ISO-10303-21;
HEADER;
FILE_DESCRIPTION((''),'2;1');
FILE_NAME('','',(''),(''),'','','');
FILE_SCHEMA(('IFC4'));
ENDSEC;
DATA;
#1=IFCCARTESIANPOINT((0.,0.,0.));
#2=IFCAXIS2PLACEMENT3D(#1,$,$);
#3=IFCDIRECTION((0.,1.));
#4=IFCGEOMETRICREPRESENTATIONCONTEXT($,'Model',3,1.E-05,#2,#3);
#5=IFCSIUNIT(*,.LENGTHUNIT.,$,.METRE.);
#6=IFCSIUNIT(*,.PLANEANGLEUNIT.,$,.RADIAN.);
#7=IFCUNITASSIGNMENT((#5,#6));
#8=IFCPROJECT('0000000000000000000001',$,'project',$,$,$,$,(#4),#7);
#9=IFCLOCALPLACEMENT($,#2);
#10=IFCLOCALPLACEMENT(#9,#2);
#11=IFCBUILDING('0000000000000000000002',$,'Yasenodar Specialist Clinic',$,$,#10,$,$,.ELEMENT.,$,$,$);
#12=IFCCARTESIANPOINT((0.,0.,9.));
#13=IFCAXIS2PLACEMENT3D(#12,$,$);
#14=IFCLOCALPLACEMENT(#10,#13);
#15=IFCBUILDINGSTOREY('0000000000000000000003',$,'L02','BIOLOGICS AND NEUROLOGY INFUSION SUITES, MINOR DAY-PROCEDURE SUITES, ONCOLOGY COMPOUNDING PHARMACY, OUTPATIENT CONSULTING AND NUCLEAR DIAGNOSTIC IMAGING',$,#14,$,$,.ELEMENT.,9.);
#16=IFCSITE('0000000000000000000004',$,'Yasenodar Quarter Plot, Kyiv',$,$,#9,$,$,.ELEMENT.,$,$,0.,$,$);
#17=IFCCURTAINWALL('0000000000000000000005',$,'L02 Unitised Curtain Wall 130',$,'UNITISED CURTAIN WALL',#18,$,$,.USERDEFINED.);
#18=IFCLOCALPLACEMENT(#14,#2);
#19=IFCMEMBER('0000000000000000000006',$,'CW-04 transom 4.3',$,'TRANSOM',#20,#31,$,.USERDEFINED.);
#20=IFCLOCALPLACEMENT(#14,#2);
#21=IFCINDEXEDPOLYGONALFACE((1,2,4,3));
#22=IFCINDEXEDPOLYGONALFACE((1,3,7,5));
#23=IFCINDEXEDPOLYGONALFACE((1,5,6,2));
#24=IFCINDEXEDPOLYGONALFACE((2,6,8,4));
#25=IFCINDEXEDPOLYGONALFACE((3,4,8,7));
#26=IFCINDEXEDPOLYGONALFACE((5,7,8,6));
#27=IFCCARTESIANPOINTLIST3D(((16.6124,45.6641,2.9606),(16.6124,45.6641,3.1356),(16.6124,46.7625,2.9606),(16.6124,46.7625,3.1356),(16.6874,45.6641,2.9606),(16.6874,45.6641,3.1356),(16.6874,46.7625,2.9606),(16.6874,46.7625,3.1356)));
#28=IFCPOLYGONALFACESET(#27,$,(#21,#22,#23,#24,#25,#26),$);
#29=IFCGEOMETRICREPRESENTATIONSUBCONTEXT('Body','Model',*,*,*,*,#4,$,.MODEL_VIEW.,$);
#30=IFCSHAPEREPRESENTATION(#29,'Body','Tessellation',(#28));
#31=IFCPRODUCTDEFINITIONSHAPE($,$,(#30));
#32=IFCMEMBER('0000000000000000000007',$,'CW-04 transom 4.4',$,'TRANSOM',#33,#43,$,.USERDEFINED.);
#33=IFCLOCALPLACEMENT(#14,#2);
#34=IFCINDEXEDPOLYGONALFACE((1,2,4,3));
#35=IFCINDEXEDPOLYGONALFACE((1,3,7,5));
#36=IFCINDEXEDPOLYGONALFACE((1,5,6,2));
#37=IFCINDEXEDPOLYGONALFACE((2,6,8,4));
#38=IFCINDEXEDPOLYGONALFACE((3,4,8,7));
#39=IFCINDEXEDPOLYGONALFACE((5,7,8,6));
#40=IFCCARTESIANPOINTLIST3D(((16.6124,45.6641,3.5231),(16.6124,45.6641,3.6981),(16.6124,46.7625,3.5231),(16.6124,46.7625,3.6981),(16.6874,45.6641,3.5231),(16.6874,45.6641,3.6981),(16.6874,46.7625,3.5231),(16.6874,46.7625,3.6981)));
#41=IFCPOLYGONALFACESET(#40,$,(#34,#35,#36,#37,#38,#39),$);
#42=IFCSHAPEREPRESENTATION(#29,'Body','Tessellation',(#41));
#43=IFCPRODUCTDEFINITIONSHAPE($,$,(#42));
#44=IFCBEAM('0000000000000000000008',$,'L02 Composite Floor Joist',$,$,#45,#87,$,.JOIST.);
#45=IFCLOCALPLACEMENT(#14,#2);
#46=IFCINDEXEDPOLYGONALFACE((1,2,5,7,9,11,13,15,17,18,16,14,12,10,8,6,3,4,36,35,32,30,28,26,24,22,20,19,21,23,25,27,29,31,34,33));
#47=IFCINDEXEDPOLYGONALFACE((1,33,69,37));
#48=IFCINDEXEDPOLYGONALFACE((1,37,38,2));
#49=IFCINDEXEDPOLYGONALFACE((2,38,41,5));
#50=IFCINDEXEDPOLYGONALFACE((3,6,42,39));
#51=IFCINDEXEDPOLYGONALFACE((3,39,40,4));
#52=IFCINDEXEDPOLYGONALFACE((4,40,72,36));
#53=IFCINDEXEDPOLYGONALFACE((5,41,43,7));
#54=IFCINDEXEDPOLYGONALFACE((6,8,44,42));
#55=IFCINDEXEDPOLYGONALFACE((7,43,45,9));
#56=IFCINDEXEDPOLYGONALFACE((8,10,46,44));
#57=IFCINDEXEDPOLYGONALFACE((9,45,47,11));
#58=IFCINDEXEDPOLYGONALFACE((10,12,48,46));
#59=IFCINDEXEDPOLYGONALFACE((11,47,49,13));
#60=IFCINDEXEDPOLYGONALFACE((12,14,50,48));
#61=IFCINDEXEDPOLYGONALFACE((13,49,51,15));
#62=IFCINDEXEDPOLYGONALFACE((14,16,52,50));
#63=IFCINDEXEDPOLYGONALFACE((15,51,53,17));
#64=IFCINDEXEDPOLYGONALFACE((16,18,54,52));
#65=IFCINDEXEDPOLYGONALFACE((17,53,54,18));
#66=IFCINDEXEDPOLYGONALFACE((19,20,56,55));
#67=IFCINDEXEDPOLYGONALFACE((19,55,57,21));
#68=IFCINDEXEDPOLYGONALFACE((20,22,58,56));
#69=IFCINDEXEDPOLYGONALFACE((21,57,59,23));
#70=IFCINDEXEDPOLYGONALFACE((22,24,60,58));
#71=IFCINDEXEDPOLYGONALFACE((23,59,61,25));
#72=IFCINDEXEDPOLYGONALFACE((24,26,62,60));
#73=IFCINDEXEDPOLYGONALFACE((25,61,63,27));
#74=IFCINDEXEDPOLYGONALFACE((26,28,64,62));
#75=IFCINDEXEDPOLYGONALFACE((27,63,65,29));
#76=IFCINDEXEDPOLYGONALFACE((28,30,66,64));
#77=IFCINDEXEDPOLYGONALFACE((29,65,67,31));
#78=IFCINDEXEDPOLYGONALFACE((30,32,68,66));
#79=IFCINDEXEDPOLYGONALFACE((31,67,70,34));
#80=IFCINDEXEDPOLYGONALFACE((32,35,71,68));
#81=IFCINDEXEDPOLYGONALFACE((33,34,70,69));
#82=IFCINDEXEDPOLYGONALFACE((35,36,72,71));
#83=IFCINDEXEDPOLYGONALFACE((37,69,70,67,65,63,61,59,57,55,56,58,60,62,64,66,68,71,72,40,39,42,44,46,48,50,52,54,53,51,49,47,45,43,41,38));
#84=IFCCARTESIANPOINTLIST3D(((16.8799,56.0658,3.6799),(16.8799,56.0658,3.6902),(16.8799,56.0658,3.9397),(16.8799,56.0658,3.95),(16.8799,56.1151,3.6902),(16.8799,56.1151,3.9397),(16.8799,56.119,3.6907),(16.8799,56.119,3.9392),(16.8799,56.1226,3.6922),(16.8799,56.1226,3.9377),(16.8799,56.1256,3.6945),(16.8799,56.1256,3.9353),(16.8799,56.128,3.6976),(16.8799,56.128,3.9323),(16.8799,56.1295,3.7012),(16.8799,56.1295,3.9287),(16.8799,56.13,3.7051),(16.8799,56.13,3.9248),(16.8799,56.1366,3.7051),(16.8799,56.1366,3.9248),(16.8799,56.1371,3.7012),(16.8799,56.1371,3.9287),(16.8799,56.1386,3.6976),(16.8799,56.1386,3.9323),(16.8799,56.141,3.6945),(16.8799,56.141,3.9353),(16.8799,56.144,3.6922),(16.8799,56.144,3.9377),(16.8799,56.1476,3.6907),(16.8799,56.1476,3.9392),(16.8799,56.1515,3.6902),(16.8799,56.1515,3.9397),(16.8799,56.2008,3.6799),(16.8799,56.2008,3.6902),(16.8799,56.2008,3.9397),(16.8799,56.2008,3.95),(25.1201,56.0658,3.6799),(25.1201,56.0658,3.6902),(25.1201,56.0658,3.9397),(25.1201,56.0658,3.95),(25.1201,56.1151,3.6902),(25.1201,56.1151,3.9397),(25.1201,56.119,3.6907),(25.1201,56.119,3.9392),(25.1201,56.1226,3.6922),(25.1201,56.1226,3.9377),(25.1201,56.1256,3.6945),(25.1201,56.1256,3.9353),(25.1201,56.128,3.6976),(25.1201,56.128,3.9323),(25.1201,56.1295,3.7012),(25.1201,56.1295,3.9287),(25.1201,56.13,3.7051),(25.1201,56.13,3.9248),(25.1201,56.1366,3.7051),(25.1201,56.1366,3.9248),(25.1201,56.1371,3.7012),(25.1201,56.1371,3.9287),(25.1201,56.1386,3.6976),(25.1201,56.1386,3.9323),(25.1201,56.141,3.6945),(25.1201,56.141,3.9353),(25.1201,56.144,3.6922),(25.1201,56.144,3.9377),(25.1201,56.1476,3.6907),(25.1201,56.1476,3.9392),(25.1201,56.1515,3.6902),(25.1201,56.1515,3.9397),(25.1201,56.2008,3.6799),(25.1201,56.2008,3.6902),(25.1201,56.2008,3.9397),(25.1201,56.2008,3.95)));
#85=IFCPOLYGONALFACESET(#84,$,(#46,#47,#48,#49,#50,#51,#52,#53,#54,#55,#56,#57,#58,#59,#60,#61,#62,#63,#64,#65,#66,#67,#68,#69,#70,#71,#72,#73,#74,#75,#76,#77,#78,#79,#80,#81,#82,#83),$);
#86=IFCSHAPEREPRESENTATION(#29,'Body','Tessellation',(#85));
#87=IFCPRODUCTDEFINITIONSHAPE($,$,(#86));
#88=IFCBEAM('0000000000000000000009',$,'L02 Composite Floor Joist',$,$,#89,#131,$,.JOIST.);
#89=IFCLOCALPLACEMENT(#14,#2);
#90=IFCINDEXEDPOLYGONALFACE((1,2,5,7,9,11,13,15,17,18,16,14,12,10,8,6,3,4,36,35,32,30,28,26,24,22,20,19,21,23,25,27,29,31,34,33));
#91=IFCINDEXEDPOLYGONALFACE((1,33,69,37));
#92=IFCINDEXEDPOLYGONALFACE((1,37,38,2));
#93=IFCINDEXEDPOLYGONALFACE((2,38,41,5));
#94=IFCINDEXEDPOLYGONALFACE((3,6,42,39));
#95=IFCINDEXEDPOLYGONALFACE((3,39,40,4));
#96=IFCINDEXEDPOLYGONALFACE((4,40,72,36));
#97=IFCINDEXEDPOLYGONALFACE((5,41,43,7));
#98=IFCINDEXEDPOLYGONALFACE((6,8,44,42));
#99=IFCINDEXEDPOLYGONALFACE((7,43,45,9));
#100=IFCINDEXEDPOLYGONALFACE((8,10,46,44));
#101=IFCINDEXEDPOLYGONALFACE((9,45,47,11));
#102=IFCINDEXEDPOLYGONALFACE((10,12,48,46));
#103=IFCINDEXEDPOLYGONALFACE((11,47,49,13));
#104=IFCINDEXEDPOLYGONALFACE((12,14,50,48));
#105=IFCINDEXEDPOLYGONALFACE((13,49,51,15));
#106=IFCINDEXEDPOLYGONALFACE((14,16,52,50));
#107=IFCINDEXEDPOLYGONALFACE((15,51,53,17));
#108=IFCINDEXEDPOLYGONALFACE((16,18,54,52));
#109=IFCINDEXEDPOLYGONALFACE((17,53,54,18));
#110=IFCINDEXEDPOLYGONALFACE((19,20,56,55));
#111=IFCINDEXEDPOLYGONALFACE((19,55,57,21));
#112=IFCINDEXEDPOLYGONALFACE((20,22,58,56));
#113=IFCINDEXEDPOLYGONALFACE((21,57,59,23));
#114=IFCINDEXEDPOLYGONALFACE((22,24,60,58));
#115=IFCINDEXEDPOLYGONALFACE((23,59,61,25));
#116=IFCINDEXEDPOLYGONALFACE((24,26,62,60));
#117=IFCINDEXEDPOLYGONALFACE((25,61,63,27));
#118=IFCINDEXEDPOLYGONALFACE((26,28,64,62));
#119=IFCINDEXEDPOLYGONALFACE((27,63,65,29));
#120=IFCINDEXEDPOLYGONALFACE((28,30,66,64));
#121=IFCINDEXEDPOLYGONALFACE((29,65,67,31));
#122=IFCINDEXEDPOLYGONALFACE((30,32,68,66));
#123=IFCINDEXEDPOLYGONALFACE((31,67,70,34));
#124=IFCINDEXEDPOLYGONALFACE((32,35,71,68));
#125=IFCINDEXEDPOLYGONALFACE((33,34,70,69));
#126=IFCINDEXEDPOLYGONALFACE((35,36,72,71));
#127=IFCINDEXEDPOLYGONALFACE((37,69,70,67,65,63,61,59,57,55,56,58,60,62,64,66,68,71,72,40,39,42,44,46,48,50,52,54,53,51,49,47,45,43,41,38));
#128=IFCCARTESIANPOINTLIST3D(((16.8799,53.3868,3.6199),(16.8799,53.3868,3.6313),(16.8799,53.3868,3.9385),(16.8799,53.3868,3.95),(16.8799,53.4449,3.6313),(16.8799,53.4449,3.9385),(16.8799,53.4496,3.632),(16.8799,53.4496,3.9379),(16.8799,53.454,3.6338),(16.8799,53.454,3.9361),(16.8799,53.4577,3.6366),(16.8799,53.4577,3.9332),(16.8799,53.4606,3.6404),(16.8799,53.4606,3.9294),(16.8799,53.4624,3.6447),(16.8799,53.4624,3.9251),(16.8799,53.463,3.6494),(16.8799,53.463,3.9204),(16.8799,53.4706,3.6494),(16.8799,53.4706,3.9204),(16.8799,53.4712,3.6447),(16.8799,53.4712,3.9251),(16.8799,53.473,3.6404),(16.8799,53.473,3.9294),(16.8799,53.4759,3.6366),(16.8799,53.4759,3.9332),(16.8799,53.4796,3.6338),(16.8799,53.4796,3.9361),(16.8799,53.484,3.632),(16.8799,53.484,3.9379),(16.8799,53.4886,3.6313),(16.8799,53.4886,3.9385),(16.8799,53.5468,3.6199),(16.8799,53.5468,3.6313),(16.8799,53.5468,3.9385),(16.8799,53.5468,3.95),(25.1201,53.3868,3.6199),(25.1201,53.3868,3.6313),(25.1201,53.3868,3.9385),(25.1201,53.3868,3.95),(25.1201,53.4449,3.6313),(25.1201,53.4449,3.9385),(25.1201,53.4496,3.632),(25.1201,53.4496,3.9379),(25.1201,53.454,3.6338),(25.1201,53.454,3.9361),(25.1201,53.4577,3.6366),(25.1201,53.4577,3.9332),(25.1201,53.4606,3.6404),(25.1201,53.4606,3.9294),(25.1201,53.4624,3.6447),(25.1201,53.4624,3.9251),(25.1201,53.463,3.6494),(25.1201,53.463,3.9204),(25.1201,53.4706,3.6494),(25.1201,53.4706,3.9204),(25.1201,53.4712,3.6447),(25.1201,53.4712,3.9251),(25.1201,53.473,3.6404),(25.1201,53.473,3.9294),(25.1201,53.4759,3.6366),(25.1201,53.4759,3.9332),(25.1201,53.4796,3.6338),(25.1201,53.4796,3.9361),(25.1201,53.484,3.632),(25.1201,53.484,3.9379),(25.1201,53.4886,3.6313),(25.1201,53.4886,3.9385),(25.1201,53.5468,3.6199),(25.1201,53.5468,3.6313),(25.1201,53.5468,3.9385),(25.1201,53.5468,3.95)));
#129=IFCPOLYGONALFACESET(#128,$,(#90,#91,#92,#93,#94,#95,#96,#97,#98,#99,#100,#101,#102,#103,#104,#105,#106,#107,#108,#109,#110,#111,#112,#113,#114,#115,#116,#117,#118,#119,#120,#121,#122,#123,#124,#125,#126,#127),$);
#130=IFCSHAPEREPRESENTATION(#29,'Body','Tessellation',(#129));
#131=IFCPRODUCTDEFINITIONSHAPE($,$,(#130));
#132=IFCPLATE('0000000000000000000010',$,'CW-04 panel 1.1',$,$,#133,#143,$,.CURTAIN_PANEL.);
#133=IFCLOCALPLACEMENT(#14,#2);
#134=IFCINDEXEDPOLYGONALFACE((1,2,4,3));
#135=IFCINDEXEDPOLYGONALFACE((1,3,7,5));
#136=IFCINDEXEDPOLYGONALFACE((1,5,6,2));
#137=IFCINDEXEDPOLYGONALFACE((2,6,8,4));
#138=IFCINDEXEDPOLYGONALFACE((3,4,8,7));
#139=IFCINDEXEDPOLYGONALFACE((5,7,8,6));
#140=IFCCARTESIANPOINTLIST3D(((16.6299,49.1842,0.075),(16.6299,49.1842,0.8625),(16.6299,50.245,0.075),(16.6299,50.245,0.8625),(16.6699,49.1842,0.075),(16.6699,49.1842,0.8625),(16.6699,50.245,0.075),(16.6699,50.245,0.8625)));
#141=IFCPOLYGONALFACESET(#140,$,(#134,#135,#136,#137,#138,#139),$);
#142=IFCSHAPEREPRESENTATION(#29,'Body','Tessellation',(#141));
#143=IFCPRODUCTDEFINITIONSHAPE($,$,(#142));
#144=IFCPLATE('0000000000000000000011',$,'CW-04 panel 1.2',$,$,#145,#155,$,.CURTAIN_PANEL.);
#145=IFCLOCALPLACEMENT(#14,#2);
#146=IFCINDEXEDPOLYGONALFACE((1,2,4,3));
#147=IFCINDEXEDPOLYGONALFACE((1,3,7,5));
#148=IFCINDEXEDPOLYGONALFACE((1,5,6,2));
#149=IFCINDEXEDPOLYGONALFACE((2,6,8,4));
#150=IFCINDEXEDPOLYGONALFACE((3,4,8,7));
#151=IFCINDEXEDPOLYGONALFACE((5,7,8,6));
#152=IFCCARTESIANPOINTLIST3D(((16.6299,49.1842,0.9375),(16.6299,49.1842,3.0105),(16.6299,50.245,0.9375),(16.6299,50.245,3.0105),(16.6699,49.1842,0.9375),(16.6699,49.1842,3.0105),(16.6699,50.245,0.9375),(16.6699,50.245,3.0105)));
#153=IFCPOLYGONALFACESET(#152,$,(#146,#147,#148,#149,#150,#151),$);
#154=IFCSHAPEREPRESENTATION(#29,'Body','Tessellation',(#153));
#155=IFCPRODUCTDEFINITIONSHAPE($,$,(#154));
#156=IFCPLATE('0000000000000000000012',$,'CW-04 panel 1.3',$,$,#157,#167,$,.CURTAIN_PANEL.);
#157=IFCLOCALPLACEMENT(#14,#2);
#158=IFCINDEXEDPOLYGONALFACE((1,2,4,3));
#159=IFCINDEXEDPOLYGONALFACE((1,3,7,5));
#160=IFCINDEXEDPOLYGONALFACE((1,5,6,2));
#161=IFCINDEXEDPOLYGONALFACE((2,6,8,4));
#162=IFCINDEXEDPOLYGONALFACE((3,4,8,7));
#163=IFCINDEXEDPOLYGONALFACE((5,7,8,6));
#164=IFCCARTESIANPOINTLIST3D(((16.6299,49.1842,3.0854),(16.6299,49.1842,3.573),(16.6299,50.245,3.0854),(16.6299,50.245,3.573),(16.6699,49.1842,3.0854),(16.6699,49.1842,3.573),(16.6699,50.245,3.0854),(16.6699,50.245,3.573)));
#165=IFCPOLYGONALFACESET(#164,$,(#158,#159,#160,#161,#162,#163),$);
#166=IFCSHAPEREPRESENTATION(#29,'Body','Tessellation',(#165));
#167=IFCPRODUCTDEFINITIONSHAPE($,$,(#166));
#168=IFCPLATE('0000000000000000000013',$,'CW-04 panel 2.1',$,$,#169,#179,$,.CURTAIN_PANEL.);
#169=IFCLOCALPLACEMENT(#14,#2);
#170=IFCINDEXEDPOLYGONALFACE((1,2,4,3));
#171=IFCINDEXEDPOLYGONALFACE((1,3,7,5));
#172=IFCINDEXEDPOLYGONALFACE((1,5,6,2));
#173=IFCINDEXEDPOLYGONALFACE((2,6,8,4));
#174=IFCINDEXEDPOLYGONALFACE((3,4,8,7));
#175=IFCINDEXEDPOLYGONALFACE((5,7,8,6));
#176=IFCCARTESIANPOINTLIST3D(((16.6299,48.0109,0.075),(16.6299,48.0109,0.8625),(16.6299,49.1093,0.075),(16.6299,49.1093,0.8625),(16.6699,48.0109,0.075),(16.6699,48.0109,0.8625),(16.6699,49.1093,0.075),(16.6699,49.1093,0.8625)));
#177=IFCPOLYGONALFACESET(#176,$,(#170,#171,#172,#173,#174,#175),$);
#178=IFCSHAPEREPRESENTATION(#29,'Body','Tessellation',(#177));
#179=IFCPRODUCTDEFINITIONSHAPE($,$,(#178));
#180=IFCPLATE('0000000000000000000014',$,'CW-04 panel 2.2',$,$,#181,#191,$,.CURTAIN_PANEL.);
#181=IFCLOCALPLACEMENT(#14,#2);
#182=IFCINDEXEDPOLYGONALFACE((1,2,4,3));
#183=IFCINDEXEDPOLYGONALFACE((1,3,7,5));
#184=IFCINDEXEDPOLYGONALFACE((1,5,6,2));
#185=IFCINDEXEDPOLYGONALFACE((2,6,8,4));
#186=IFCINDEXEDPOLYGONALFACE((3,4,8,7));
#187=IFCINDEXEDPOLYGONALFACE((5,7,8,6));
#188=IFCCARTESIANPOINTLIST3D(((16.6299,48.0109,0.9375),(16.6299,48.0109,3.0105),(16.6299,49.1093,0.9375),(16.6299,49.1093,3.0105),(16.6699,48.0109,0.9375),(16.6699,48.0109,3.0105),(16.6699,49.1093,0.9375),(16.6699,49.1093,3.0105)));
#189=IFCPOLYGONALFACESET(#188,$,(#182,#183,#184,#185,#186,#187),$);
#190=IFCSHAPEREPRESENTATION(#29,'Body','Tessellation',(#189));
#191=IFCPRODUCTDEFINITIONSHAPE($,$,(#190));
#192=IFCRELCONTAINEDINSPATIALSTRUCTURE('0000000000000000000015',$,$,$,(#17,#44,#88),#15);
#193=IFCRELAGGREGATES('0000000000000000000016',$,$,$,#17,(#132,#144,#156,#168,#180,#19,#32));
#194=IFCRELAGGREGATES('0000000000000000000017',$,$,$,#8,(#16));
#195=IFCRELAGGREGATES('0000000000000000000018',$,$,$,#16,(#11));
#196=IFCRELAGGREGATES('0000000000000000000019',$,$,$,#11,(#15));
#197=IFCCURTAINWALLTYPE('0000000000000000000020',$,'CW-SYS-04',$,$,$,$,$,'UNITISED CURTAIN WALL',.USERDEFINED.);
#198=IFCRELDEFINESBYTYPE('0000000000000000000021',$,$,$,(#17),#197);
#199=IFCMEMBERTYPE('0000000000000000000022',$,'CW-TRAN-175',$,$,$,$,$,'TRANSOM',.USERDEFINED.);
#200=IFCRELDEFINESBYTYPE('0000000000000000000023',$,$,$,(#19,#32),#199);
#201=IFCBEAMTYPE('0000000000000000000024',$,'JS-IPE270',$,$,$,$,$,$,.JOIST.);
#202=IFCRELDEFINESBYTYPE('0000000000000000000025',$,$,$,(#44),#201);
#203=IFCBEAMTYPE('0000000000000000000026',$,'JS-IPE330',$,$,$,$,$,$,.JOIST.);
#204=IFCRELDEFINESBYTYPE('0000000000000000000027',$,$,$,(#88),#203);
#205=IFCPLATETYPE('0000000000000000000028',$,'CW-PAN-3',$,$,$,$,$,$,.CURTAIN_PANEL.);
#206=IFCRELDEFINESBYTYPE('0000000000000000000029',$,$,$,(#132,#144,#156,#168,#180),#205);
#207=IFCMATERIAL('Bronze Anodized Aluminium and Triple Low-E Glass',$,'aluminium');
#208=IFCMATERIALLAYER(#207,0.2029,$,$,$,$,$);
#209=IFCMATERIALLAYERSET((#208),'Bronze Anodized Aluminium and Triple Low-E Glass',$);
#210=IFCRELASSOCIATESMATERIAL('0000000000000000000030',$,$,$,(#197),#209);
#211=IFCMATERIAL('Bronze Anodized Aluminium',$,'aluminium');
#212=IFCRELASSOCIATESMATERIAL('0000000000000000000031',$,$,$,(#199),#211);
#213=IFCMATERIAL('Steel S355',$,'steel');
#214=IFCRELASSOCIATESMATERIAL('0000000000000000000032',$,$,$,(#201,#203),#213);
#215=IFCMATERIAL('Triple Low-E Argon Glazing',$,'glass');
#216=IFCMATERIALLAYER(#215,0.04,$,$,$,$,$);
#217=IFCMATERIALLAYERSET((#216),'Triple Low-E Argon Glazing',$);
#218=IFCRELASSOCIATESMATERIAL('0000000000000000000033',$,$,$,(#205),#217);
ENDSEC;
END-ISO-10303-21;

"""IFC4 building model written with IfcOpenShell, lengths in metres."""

from ifc_helpers import new_model, si_unit, direction, frame, origin, origin_2d, place, context, subcontext, project, spatial, rectangle, i_section, extrude, material, layer, layer_set, material_profile, profile_set, type_object, element, aggregate, save


model = new_model("IFC4")

# Units and contexts
model_context = context("Model", 3, precision=1e-05, world=origin(), true_north=direction((0.0, 1.0)))
body_context = subcontext(model_context, "Body", "Model", "MODEL_VIEW")
ifc_project = project(units=[si_unit("LENGTHUNIT", "METRE"), si_unit("PLANEANGLEUNIT", "RADIAN")], contexts=[model_context])

# Site, building, storey
site_placement = place(None, origin())
site = spatial("IfcSite", under=ifc_project, at=site_placement, Name="Yasenodar Quarter Plot, Kyiv", CompositionType="ELEMENT", RefElevation=0.0)
building_placement = place(site_placement, origin())
building = spatial("IfcBuilding", under=site, at=building_placement, Name="Yasenodar Specialist Clinic", CompositionType="ELEMENT")
storey_placement = place(building_placement, frame((0.0, 0.0, 9.0)))
storey = spatial("IfcBuildingStorey", under=building, at=storey_placement, Name="L02", Description="BIOLOGICS AND NEUROLOGY INFUSION SUITES, MINOR DAY-PROCEDURE SUITES, ONCOLOGY COMPOUNDING PHARMACY, OUTPATIENT CONSULTING AND NUCLEAR DIAGNOSTIC IMAGING", CompositionType="ELEMENT", Elevation=9.0)

# Shared definitions
ifc_material_1 = material(Name="Steel S355", Category="steel")

# Curtain wall, members
ifc_material_2 = material(Name="Bronze Anodized Aluminium and Triple Low-E Glass", Category="aluminium")
ifc_layer_1 = layer(ifc_material_2, 0.2029)
ifc_layer_set_1 = layer_set([ifc_layer_1], Name="Bronze Anodized Aluminium and Triple Low-E Glass")
curtain_wall_type = type_object("IfcCurtainWallType", Name="CW-SYS-04", ElementType="UNITISED CURTAIN WALL", PredefinedType="USERDEFINED", material=ifc_layer_set_1)
curtain_wall_placement = place(storey_placement, origin())
curtain_wall = element("IfcCurtainWall", 1, at=curtain_wall_placement, inside=storey, type_object=curtain_wall_type, Name="L02 Unitised Curtain Wall 130", ObjectType="UNITISED CURTAIN WALL", PredefinedType="USERDEFINED")
ifc_material_3 = material(Name="Bronze Anodized Aluminium", Category="aluminium")
ifc_material_profile_1 = material_profile(ifc_material_3, rectangle(XDim=0.075, YDim=0.175, at=origin_2d()), Name="CW-TRAN 75x175")
ifc_profile_set_1 = profile_set([ifc_material_profile_1], Name="Bronze Anodized Aluminium")
member_type_1 = type_object("IfcMemberType", Name="CW-TRAN-175", ElementType="TRANSOM", PredefinedType="USERDEFINED", material=ifc_profile_set_1)
member_1_placement = place(storey_placement, frame((16.6499, 46.7625, 3.0481), z_axis=(0.0, -1.0, 0.0), x_axis=(1.0, 0.0, 0.0)))
member_1 = element("IfcMember", 2, at=member_1_placement, type_object=member_type_1, Name="CW-04 transom 4.3", ObjectType="TRANSOM", PredefinedType="USERDEFINED", context=body_context, shape_type="SweptSolid", body=[
    extrude(rectangle(XDim=0.075, YDim=0.175, at=origin_2d()), origin(), (0.0, 0.0, 1.0), 1.0984),
])
member_2_placement = place(storey_placement, frame((16.6499, 46.7625, 3.6106), z_axis=(0.0, -1.0, 0.0), x_axis=(1.0, 0.0, 0.0)))
member_2 = element("IfcMember", 3, at=member_2_placement, type_object=member_type_1, Name="CW-04 transom 4.4", ObjectType="TRANSOM", PredefinedType="USERDEFINED", context=body_context, shape_type="SweptSolid", body=[
    extrude(rectangle(XDim=0.075, YDim=0.175, at=origin_2d()), origin(), (0.0, 0.0, 1.0), 1.0984),
])

# Beams
ifc_material_profile_2 = material_profile(ifc_material_1, i_section(OverallWidth=0.135, OverallDepth=0.27, WebThickness=0.0066, FlangeThickness=0.0103, FilletRadius=0.0149, at=origin_2d()), Name="IPE 270")
ifc_profile_set_2 = profile_set([ifc_material_profile_2], Name="Steel S355")
beam_type_1 = type_object("IfcBeamType", Name="JS-IPE270", PredefinedType="JOIST", material=ifc_profile_set_2)
beam_1_placement = place(storey_placement, frame((16.8799, 56.1333, 3.8149), z_axis=(1.0, 0.0, 0.0), x_axis=(0.0, 1.0, 0.0)))
element("IfcBeam", 4, at=beam_1_placement, inside=storey, type_object=beam_type_1, Name="L02 Composite Floor Joist", PredefinedType="JOIST", context=body_context, shape_type="SweptSolid", body=[
    extrude(i_section(OverallWidth=0.135, OverallDepth=0.27, WebThickness=0.0066, FlangeThickness=0.0103, FilletRadius=0.0149, at=origin_2d()), origin(), (0.0, 0.0, 1.0), 8.2402),
])
ifc_material_profile_3 = material_profile(ifc_material_1, i_section(OverallWidth=0.1599, OverallDepth=0.3301, WebThickness=0.0076, FlangeThickness=0.0115, FilletRadius=0.0181, at=origin_2d()), Name="IPE 330")
ifc_profile_set_3 = profile_set([ifc_material_profile_3], Name="Steel S355")
beam_type_2 = type_object("IfcBeamType", Name="JS-IPE330", PredefinedType="JOIST", material=ifc_profile_set_3)
beam_2_placement = place(storey_placement, frame((16.8799, 53.4668, 3.7849), z_axis=(1.0, 0.0, 0.0), x_axis=(0.0, 1.0, 0.0)))
element("IfcBeam", 5, at=beam_2_placement, inside=storey, type_object=beam_type_2, Name="L02 Composite Floor Joist", PredefinedType="JOIST", context=body_context, shape_type="SweptSolid", body=[
    extrude(i_section(OverallWidth=0.1599, OverallDepth=0.3301, WebThickness=0.0076, FlangeThickness=0.0115, FilletRadius=0.0181, at=origin_2d()), origin(), (0.0, 0.0, 1.0), 8.2402),
])

# Plates
ifc_material_4 = material(Name="Triple Low-E Argon Glazing", Category="glass")
ifc_layer_2 = layer(ifc_material_4, 0.04)
ifc_layer_set_2 = layer_set([ifc_layer_2], Name="Triple Low-E Argon Glazing")
plate_type = type_object("IfcPlateType", Name="CW-PAN-3", PredefinedType="CURTAIN_PANEL", material=ifc_layer_set_2)
plate_1_placement = place(storey_placement, frame((16.6499, 49.7146, 0.075), z_axis=(0.0, 0.0, 1.0), x_axis=(0.0, -1.0, 0.0)))
plate_1 = element("IfcPlate", 6, at=plate_1_placement, type_object=plate_type, Name="CW-04 panel 1.1", PredefinedType="CURTAIN_PANEL", context=body_context, shape_type="SweptSolid", body=[
    extrude(rectangle(XDim=1.0608, YDim=0.04, at=origin_2d()), origin(), (0.0, 0.0, 1.0), 0.7876),
])
plate_2_placement = place(storey_placement, frame((16.6499, 49.7146, 0.9375), z_axis=(0.0, 0.0, 1.0), x_axis=(0.0, -1.0, 0.0)))
plate_2 = element("IfcPlate", 7, at=plate_2_placement, type_object=plate_type, Name="CW-04 panel 1.2", PredefinedType="CURTAIN_PANEL", context=body_context, shape_type="SweptSolid", body=[
    extrude(rectangle(XDim=1.0608, YDim=0.04, at=origin_2d()), origin(), (0.0, 0.0, 1.0), 2.073),
])
plate_3_placement = place(storey_placement, frame((16.6499, 49.7146, 3.0854), z_axis=(0.0, 0.0, 1.0), x_axis=(0.0, -1.0, 0.0)))
plate_3 = element("IfcPlate", 8, at=plate_3_placement, type_object=plate_type, Name="CW-04 panel 1.3", PredefinedType="CURTAIN_PANEL", context=body_context, shape_type="SweptSolid", body=[
    extrude(rectangle(XDim=1.0608, YDim=0.04, at=origin_2d()), origin(), (0.0, 0.0, 1.0), 0.4875),
])
plate_4_placement = place(storey_placement, frame((16.6499, 48.5601, 0.075), z_axis=(0.0, 0.0, 1.0), x_axis=(0.0, -1.0, 0.0)))
plate_4 = element("IfcPlate", 9, at=plate_4_placement, type_object=plate_type, Name="CW-04 panel 2.1", PredefinedType="CURTAIN_PANEL", context=body_context, shape_type="SweptSolid", body=[
    extrude(rectangle(XDim=1.0984, YDim=0.04, at=origin_2d()), origin(), (0.0, 0.0, 1.0), 0.7876),
])
plate_5_placement = place(storey_placement, frame((16.6499, 48.5601, 0.9375), z_axis=(0.0, 0.0, 1.0), x_axis=(0.0, -1.0, 0.0)))
plate_5 = element("IfcPlate", 10, at=plate_5_placement, type_object=plate_type, Name="CW-04 panel 2.2", PredefinedType="CURTAIN_PANEL", context=body_context, shape_type="SweptSolid", body=[
    extrude(rectangle(XDim=1.0984, YDim=0.04, at=origin_2d()), origin(), (0.0, 0.0, 1.0), 2.073),
])
aggregate(curtain_wall, [plate_1, plate_2, plate_3, plate_4, plate_5, member_1, member_2])

save(model, "model.ifc")
